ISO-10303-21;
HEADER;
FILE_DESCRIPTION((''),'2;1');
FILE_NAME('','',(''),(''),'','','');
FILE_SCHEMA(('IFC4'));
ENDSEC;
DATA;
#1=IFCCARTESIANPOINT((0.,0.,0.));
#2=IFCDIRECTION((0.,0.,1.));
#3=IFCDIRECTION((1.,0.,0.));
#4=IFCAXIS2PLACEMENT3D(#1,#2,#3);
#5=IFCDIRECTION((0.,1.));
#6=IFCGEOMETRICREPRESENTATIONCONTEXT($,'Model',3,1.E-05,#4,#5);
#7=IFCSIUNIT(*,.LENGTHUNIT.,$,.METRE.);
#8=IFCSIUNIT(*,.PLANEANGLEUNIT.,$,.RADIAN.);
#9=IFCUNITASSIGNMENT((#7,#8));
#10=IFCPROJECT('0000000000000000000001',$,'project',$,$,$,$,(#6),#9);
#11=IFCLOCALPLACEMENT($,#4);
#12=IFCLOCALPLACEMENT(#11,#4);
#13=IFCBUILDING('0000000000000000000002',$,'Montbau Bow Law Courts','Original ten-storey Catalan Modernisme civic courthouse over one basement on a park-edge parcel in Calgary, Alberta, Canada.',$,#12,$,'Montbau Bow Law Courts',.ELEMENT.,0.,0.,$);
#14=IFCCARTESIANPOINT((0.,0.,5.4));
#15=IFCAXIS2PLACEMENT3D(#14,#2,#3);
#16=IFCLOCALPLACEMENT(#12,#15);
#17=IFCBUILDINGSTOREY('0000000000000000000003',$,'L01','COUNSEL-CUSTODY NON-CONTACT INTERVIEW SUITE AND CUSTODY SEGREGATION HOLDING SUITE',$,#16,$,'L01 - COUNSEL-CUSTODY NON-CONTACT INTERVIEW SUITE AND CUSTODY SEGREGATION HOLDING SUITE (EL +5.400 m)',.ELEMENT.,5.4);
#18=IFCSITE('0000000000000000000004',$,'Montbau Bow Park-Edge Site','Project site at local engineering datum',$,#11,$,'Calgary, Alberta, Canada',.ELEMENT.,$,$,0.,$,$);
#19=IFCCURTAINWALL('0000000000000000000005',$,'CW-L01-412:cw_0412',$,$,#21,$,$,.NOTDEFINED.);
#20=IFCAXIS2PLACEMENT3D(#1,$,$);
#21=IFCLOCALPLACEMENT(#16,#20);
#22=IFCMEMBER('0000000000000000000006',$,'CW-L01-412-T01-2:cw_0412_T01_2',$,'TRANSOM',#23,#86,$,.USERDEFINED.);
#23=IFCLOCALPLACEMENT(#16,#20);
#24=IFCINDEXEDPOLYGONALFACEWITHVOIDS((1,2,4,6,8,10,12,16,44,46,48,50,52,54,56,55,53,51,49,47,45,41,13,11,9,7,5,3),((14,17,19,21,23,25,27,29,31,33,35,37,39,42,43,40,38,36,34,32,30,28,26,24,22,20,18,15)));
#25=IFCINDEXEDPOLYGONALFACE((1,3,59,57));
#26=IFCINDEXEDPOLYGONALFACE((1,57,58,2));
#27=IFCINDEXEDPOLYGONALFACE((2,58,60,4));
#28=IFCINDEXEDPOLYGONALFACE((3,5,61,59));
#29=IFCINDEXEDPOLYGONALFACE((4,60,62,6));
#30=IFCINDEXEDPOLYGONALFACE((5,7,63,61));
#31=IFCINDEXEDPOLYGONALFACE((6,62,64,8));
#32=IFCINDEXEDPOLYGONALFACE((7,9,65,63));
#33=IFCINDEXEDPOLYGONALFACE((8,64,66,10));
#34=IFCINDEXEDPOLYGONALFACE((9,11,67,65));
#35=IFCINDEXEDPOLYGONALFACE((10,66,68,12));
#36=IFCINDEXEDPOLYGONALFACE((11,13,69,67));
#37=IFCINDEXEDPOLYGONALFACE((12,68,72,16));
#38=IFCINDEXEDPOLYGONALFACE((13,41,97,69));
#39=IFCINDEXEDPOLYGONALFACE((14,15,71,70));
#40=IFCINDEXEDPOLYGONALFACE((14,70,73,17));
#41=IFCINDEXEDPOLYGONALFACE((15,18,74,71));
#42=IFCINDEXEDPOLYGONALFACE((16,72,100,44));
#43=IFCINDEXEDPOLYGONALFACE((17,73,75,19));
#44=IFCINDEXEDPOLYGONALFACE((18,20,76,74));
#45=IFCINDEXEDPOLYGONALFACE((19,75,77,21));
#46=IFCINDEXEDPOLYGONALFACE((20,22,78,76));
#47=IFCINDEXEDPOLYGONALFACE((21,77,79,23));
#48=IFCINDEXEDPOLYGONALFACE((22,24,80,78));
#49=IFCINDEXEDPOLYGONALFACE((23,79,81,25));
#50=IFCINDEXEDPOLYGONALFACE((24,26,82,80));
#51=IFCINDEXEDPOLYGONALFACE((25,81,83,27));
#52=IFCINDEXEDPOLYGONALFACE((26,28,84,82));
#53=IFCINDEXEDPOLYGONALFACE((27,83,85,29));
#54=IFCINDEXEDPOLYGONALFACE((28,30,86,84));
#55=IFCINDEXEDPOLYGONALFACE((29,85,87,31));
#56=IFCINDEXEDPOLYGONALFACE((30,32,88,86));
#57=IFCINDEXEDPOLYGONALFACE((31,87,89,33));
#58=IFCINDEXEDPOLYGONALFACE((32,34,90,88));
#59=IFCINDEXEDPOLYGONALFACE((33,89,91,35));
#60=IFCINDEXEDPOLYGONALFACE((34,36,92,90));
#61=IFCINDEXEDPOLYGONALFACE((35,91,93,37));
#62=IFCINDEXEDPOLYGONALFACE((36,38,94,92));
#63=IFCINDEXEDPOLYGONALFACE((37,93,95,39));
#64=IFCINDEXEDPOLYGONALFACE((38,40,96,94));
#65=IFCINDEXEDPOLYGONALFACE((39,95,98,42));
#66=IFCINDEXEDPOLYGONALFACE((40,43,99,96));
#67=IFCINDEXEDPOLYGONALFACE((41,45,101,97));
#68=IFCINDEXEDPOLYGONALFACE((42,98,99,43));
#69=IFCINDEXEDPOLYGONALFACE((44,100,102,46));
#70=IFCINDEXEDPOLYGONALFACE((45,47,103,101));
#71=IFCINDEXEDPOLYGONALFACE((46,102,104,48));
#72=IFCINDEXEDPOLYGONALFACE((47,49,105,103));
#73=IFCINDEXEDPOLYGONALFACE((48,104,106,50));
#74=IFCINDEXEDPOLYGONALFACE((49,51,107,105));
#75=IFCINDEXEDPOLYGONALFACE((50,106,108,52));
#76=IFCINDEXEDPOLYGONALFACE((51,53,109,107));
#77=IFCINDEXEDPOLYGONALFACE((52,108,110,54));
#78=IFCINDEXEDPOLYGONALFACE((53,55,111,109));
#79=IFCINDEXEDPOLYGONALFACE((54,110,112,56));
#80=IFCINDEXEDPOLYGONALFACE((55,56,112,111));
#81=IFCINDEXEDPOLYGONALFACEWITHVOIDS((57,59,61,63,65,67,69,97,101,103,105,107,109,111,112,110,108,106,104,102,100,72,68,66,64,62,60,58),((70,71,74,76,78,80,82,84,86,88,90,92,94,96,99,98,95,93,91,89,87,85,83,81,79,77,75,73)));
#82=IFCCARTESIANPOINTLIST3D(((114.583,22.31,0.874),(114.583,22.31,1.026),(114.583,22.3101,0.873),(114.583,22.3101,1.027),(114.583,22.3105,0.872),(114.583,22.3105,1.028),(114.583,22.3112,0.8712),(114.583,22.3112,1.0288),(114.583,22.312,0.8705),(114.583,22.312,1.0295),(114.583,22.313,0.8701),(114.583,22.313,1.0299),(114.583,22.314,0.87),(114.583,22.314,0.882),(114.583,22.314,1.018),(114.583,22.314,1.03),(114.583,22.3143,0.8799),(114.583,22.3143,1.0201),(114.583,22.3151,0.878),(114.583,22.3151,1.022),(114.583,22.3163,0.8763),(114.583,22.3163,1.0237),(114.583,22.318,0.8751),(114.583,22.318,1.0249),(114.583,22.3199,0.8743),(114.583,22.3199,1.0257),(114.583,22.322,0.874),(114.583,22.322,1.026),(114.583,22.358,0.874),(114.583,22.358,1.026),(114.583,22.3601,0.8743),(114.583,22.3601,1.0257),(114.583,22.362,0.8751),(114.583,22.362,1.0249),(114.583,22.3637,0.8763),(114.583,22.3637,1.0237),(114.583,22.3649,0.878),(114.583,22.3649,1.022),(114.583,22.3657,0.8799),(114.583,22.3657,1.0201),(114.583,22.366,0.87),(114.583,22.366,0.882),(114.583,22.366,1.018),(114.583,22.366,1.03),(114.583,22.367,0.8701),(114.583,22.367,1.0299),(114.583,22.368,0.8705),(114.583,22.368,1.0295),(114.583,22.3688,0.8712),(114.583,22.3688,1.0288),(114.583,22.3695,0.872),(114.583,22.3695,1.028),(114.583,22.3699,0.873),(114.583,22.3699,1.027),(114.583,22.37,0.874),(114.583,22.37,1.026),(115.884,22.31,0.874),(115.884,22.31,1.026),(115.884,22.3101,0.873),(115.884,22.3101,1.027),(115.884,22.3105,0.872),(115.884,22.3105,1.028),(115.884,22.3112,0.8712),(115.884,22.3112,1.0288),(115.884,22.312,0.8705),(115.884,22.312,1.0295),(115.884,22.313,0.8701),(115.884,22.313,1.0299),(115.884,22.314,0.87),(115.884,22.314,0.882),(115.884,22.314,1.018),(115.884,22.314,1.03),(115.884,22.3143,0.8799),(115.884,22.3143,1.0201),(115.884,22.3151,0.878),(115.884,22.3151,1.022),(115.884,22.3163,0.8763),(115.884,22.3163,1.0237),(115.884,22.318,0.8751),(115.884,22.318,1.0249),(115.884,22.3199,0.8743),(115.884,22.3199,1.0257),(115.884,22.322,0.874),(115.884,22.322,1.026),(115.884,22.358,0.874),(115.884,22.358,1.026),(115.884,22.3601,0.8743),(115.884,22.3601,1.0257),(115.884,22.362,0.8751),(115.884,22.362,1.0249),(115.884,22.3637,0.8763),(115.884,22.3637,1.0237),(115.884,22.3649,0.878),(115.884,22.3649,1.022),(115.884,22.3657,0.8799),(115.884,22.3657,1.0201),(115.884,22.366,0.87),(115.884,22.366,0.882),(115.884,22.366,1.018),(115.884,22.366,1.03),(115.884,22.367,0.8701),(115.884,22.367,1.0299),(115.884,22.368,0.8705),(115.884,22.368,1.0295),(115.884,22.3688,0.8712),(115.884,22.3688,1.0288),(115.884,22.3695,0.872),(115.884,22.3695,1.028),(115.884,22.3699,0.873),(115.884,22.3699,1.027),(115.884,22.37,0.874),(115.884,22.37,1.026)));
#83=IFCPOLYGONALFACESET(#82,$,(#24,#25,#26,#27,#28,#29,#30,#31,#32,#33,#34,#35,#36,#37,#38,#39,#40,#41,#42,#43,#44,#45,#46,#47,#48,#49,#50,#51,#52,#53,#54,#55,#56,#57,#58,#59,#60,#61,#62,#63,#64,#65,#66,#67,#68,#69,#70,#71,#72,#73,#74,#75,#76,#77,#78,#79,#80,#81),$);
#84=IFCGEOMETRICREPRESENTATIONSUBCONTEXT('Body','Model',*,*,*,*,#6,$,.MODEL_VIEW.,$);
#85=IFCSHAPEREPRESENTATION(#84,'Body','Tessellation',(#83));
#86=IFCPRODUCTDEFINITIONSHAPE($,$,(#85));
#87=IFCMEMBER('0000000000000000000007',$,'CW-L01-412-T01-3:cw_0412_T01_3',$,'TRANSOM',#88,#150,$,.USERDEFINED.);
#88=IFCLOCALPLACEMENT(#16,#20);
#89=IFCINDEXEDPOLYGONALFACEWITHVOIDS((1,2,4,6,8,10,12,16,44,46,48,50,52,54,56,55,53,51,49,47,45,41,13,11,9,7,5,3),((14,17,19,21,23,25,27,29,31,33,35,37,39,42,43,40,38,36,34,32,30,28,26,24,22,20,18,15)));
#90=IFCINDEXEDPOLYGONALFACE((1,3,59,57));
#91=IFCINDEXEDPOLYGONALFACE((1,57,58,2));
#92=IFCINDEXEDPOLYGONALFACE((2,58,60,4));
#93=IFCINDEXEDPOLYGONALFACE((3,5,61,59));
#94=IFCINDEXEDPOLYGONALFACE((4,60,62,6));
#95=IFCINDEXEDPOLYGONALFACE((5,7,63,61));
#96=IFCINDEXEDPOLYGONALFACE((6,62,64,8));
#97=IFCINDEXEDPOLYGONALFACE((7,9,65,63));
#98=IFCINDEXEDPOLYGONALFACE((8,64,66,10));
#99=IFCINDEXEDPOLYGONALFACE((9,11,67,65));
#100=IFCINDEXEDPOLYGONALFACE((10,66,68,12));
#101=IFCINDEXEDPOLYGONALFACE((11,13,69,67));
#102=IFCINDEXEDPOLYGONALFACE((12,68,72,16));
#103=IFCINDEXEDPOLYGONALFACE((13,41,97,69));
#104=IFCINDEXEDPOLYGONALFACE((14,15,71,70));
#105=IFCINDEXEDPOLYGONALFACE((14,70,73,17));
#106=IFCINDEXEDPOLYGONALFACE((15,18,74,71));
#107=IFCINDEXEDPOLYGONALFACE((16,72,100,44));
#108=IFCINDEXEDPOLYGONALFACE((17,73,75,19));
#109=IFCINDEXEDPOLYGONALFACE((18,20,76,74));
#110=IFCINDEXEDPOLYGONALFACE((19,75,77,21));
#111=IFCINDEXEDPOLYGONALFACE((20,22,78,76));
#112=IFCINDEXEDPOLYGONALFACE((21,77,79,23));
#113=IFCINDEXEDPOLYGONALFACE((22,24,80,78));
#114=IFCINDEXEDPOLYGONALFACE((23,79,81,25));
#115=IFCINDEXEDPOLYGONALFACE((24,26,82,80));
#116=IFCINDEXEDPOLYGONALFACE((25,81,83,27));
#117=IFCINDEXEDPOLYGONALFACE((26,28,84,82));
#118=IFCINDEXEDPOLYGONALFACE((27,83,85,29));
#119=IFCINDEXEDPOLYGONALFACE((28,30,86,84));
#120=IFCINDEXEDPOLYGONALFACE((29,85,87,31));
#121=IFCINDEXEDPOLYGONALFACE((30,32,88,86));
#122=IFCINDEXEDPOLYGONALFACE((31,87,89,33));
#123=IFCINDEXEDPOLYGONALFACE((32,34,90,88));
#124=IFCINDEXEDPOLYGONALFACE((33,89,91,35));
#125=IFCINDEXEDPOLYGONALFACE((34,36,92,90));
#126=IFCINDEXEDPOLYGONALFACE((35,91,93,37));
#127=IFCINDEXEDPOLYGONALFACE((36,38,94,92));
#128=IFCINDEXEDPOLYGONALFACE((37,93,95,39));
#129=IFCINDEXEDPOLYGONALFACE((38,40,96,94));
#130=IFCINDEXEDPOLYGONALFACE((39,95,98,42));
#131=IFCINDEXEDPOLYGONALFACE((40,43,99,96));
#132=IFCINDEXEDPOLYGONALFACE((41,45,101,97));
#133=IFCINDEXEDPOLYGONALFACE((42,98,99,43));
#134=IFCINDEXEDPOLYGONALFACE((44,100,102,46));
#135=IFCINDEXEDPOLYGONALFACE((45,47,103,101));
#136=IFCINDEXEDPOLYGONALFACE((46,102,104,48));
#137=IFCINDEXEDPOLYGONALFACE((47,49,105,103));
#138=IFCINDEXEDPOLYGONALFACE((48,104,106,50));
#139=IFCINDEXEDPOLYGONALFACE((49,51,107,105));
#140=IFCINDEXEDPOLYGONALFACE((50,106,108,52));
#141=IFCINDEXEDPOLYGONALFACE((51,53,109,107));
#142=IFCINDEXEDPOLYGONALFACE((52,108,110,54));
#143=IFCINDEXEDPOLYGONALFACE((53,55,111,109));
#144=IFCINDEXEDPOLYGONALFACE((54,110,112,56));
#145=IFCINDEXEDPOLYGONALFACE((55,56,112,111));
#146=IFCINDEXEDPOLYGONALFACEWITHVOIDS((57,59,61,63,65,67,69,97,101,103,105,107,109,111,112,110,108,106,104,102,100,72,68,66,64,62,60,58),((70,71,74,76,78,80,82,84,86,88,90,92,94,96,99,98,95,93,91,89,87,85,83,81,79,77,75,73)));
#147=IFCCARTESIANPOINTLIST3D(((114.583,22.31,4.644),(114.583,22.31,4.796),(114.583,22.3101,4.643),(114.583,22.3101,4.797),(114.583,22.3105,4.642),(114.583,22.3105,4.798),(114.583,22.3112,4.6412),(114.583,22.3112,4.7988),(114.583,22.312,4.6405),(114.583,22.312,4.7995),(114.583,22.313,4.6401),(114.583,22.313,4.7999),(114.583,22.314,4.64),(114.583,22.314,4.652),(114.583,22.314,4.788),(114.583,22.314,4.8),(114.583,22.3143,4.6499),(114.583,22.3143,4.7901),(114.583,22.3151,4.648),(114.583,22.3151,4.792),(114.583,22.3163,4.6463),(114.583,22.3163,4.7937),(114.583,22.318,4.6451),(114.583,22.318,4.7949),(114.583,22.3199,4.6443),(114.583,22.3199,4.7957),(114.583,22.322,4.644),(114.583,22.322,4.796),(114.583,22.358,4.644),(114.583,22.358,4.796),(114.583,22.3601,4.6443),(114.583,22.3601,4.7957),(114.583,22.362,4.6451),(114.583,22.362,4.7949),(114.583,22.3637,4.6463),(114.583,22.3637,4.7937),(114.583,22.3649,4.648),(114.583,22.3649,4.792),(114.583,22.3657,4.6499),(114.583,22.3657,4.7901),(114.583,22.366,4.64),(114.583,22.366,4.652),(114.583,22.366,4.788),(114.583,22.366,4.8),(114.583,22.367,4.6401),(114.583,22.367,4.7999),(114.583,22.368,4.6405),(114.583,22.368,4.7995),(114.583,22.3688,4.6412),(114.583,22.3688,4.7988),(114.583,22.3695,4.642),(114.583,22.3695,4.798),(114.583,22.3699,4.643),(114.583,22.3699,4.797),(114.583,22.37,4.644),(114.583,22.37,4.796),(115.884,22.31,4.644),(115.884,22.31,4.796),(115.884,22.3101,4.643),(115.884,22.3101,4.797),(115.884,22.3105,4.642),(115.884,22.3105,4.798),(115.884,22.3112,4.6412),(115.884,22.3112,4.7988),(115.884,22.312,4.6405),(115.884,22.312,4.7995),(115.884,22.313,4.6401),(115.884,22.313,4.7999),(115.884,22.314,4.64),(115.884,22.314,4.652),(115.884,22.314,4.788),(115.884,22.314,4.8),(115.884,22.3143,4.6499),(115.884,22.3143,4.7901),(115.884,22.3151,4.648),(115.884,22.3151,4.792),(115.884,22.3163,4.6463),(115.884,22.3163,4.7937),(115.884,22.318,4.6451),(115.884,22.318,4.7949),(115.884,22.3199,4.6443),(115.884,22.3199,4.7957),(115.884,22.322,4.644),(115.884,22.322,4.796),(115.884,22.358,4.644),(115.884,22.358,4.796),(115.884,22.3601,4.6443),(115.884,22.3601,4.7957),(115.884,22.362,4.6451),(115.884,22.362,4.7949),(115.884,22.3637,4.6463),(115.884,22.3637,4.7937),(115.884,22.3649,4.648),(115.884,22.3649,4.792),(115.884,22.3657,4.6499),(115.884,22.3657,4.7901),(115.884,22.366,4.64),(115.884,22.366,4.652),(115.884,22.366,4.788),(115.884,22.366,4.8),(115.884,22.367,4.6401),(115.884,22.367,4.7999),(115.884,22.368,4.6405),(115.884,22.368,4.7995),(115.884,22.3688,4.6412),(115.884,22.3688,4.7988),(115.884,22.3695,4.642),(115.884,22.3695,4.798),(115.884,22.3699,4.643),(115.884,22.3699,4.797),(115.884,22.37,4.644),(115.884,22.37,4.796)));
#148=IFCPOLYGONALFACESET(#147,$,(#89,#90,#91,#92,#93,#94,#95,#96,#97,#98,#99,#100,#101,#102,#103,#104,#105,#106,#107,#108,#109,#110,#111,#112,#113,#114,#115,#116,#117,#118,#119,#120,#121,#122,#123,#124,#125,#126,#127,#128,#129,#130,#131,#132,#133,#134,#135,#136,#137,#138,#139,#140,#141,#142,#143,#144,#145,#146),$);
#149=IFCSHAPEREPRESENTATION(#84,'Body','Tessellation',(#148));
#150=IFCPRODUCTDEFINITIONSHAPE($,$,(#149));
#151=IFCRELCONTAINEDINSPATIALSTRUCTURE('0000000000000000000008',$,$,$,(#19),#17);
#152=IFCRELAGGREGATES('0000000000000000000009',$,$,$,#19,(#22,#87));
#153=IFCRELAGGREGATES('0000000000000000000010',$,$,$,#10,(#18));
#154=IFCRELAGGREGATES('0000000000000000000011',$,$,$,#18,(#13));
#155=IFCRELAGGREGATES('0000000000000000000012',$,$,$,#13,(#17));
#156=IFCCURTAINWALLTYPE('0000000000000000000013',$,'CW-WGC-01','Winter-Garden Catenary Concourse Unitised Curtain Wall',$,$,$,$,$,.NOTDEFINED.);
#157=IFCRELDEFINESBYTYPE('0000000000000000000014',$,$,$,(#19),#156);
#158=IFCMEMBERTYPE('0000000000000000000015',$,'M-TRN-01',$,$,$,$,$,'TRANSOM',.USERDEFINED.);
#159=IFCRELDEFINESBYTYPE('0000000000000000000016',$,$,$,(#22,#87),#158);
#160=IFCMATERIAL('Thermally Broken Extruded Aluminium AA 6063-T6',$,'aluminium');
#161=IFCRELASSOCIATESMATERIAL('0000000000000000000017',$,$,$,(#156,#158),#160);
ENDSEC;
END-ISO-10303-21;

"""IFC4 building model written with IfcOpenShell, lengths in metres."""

from ifc_helpers import new_model, si_unit, direction, frame, origin_with_axes, origin_2d_with_axis, place, context, subcontext, project, spatial, hollow_rectangle, extrude, material, material_profile, profile_set, type_object, element, aggregate, save


model = new_model("IFC4")

# Units and contexts
model_context = context("Model", 3, precision=1e-05, world=origin_with_axes(), true_north=direction((0.0, 1.0)))
body_context = subcontext(model_context, "Body", "Model", "MODEL_VIEW")
ifc_project = project(units=[si_unit("LENGTHUNIT", "METRE"), si_unit("PLANEANGLEUNIT", "RADIAN")], contexts=[model_context])

# Site, building, storey
site_placement = place(None, origin_with_axes())
site = spatial("IfcSite", under=ifc_project, at=site_placement, Name="Montbau Bow Park-Edge Site", Description="Project site at local engineering datum", LongName="Calgary, Alberta, Canada", CompositionType="ELEMENT", RefElevation=0.0)
building_placement = place(site_placement, origin_with_axes())
building = spatial("IfcBuilding", under=site, at=building_placement, Name="Montbau Bow Law Courts", Description="Original ten-storey Catalan Modernisme civic courthouse over one basement on a park-edge parcel in Calgary, Alberta, Canada.", LongName="Montbau Bow Law Courts", CompositionType="ELEMENT", ElevationOfRefHeight=0.0, ElevationOfTerrain=0.0)
storey_placement = place(building_placement, frame((0.0, 0.0, 5.4), z_axis=(0.0, 0.0, 1.0), x_axis=(1.0, 0.0, 0.0)))
storey = spatial("IfcBuildingStorey", under=building, at=storey_placement, Name="L01", Description="COUNSEL-CUSTODY NON-CONTACT INTERVIEW SUITE AND CUSTODY SEGREGATION HOLDING SUITE", LongName="L01 - COUNSEL-CUSTODY NON-CONTACT INTERVIEW SUITE AND CUSTODY SEGREGATION HOLDING SUITE (EL +5.400 m)", CompositionType="ELEMENT", Elevation=5.4)

# Shared definitions
ifc_material_1 = material(Name="Thermally Broken Extruded Aluminium AA 6063-T6", Category="aluminium")
curtain_wall_type = type_object("IfcCurtainWallType", Name="CW-WGC-01", Description="Winter-Garden Catenary Concourse Unitised Curtain Wall", PredefinedType="NOTDEFINED", material=ifc_material_1)

# Curtain wall, members
curtain_wall_1_placement = place(None, frame((114.515, 22.34, 5.4), z_axis=(0.0, 0.0, 1.0), x_axis=(1.0, 0.0, 0.0)))
curtain_wall_1 = element("IfcCurtainWall", 1, at=curtain_wall_1_placement, inside=storey, type_object=curtain_wall_type, Name="CW-L01-412:cw_0412", PredefinedType="NOTDEFINED")
ifc_material_profile_1 = material_profile(ifc_material_1, hollow_rectangle(XDim=0.06, YDim=0.16, WallThickness=0.004, InnerFilletRadius=0.008, OuterFilletRadius=0.004, at=origin_2d_with_axis()), Name="CWT-160X60", Category="Main", Priority=0)
ifc_profile_set_1 = profile_set([ifc_material_profile_1], Name="Thermally Broken Extruded Aluminium AA 6063-T6")
member_type_1 = type_object("IfcMemberType", Name="M-TRN-01", ElementType="TRANSOM", PredefinedType="USERDEFINED", material=ifc_profile_set_1)
member_1_placement = place(None, frame((114.583, 22.34, 6.35), z_axis=(1.0, 0.0, 0.0), x_axis=(0.0, 1.0, 0.0)))
member_1 = element("IfcMember", 2, at=member_1_placement, type_object=member_type_1, Name="CW-L01-412-T01-2:cw_0412_T01_2", ObjectType="TRANSOM", PredefinedType="USERDEFINED", context=body_context, shape_type="SweptSolid", body=[
    extrude(hollow_rectangle(XDim=0.06, YDim=0.16, WallThickness=0.004, InnerFilletRadius=0.008, OuterFilletRadius=0.004, at=origin_2d_with_axis()), origin_with_axes(), (0.0, 0.0, 1.0), 1.301),
])
member_2_placement = place(None, frame((114.583, 22.34, 10.12), z_axis=(1.0, 0.0, 0.0), x_axis=(0.0, 1.0, 0.0)))
member_2 = element("IfcMember", 3, at=member_2_placement, type_object=member_type_1, Name="CW-L01-412-T01-3:cw_0412_T01_3", ObjectType="TRANSOM", PredefinedType="USERDEFINED", context=body_context, shape_type="SweptSolid", body=[
    extrude(hollow_rectangle(XDim=0.06, YDim=0.16, WallThickness=0.004, InnerFilletRadius=0.008, OuterFilletRadius=0.004, at=origin_2d_with_axis()), origin_with_axes(), (0.0, 0.0, 1.0), 1.301),
])
aggregate(curtain_wall_1, [member_1, member_2])

save(model, "model.ifc")
